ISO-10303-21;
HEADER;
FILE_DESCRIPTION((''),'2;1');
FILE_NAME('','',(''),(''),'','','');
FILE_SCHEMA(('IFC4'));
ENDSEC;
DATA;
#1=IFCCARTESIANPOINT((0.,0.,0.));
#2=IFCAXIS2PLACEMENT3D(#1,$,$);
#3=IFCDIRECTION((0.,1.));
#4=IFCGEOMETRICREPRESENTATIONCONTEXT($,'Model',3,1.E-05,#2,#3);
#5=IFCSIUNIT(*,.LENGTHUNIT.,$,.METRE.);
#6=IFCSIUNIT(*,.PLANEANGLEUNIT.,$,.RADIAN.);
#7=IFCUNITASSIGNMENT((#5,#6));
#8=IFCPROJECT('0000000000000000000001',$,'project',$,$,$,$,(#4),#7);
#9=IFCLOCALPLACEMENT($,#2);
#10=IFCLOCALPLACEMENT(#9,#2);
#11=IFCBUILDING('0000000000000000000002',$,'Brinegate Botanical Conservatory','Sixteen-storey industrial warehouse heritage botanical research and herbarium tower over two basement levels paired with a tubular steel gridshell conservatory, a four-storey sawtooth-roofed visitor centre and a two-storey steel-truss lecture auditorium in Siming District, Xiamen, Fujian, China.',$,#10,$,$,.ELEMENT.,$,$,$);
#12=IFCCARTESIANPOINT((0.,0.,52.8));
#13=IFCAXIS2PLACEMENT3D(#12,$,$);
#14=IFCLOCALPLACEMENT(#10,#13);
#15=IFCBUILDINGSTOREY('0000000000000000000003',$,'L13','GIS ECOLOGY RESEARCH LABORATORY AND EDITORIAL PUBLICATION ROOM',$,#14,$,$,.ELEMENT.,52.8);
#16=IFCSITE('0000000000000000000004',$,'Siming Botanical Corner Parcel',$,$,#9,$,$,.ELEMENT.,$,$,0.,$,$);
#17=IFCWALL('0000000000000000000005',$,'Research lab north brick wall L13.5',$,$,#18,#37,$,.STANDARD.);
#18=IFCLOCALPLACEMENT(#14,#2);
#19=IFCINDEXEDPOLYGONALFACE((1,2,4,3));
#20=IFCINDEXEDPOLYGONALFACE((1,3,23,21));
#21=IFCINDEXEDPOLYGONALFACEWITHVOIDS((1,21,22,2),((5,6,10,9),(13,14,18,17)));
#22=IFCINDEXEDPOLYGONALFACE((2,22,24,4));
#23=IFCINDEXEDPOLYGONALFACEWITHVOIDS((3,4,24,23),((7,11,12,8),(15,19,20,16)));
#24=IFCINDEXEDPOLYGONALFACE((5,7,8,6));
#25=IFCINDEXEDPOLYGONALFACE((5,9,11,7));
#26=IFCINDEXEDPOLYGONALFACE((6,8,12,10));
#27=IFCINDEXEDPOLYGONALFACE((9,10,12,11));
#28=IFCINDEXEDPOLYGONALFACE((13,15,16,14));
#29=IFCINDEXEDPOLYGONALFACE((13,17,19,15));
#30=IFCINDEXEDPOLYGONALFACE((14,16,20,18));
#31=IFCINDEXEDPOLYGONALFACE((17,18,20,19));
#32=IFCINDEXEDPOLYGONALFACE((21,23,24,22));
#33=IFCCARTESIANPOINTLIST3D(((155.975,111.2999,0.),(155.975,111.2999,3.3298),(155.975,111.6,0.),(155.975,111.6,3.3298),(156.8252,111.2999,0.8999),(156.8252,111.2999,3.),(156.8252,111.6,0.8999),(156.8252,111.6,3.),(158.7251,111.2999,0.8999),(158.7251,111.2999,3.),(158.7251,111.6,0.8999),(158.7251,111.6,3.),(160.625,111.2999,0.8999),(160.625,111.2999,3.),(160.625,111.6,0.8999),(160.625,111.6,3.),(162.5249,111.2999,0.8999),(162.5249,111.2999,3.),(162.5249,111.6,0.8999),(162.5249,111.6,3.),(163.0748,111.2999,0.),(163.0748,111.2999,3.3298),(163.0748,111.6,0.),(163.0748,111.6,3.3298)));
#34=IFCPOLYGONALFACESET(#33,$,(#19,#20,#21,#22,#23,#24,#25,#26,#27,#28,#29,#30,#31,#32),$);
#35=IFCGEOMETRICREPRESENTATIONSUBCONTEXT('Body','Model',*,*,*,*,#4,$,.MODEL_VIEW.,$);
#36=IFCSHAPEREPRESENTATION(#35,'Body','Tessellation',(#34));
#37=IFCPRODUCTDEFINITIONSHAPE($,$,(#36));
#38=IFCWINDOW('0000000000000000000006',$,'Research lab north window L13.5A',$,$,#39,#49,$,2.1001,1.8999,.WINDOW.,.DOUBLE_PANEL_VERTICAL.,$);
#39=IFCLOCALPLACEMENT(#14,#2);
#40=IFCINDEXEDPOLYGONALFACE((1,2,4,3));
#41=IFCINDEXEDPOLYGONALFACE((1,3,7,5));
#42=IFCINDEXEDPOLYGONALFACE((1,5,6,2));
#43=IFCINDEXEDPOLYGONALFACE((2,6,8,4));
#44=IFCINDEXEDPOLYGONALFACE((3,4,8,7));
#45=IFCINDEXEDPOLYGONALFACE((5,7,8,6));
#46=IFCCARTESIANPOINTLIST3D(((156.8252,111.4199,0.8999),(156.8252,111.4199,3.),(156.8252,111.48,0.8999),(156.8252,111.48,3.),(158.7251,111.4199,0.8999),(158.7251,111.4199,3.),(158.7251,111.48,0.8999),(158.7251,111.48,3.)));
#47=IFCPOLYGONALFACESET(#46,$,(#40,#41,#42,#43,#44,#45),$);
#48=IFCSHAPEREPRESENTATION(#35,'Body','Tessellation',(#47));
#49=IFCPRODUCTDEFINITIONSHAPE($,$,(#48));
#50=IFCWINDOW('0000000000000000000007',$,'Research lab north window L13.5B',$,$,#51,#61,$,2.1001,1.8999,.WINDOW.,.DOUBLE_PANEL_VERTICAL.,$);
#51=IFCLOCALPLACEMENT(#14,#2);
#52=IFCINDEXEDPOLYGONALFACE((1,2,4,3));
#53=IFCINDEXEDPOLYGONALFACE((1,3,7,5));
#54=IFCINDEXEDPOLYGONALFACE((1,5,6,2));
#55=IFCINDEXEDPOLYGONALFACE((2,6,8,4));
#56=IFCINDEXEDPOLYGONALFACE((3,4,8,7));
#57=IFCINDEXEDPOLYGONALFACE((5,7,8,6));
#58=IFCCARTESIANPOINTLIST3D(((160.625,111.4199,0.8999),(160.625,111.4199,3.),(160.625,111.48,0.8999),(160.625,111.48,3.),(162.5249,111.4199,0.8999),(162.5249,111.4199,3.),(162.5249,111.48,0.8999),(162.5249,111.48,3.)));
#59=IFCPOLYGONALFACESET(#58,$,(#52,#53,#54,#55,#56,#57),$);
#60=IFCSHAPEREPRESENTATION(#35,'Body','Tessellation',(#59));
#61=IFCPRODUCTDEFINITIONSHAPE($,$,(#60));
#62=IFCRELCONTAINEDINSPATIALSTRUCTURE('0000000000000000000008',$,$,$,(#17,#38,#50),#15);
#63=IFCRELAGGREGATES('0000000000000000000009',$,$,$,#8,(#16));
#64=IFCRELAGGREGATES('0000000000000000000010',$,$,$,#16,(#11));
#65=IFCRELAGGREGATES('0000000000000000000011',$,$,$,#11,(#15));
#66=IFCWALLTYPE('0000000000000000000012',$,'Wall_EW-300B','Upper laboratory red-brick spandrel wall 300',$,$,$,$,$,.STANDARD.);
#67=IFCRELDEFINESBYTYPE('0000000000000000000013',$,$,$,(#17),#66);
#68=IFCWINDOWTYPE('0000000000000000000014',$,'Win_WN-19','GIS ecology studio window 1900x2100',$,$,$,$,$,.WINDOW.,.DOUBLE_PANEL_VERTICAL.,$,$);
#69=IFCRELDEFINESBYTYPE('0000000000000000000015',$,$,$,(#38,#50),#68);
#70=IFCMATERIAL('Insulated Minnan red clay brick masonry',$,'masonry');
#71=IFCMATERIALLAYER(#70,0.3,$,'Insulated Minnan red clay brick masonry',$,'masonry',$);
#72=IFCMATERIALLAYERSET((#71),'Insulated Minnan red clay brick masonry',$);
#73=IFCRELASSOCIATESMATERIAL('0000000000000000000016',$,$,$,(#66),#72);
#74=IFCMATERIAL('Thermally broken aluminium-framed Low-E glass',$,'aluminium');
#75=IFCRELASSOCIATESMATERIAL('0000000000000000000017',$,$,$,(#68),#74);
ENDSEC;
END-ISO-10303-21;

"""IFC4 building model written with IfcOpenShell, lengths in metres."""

from ifc_helpers import new_model, si_unit, direction, frame, frame_2d, origin, place, context, subcontext, project, spatial, rectangle, extrude, material, layer, layer_set, type_object, element, fill, save


model = new_model("IFC4")

# Units and contexts
model_context = context("Model", 3, precision=1e-05, world=origin(), true_north=direction((0.0, 1.0)))
body_context = subcontext(model_context, "Body", "Model", "MODEL_VIEW")
ifc_project = project(units=[si_unit("LENGTHUNIT", "METRE"), si_unit("PLANEANGLEUNIT", "RADIAN")], contexts=[model_context])

# Site, building, storey
site_placement = place(None, origin())
site = spatial("IfcSite", under=ifc_project, at=site_placement, Name="Siming Botanical Corner Parcel", CompositionType="ELEMENT", RefElevation=0.0)
building_placement = place(site_placement, origin())
building = spatial("IfcBuilding", under=site, at=building_placement, Name="Brinegate Botanical Conservatory", Description="Sixteen-storey industrial warehouse heritage botanical research and herbarium tower over two basement levels paired with a tubular steel gridshell conservatory, a four-storey sawtooth-roofed visitor centre and a two-storey steel-truss lecture auditorium in Siming District, Xiamen, Fujian, China.", CompositionType="ELEMENT")
storey_placement = place(building_placement, frame((0.0, 0.0, 52.8)))
storey = spatial("IfcBuildingStorey", under=building, at=storey_placement, Name="L13", Description="GIS ECOLOGY RESEARCH LABORATORY AND EDITORIAL PUBLICATION ROOM", CompositionType="ELEMENT", Elevation=52.8)

# Wall, openings, windows
ifc_material_1 = material(Name="Insulated Minnan red clay brick masonry", Category="masonry")
ifc_layer_1 = layer(ifc_material_1, 0.3, Name="Insulated Minnan red clay brick masonry", Category="masonry")
ifc_layer_set_1 = layer_set([ifc_layer_1], Name="Insulated Minnan red clay brick masonry")
wall_type = type_object("IfcWallType", Name="Wall_EW-300B", Description="Upper laboratory red-brick spandrel wall 300", PredefinedType="STANDARD", material=ifc_layer_set_1)
wall_placement = place(storey_placement, frame((155.9751, 111.45, 0.0), z_axis=(0.0, 0.0, 1.0), x_axis=(1.0, 0.0, 0.0)))
wall = element("IfcWall", 1, at=wall_placement, inside=storey, type_object=wall_type, Name="Research lab north brick wall L13.5", PredefinedType="STANDARD", context=body_context, shape_type="SweptSolid", body=[
    extrude(rectangle(XDim=7.0999, YDim=0.3, at=frame_2d((3.5498, 0.0))), origin(), (0.0, 0.0, 1.0), 3.3298),
])
opening_1_placement = place(wall_placement, frame((0.8501, 0.0, 0.8999)))
opening_1 = element("IfcOpeningElement", 2, at=opening_1_placement, cuts=wall, PredefinedType="OPENING", context=body_context, shape_type="SweptSolid", body=[
    extrude(rectangle(XDim=1.8999, YDim=2.1001, at=frame_2d((0.95, 1.05))), frame((0.0, 0.1599, 0.0), z_axis=(0.0, -1.0, 0.0), x_axis=(1.0, 0.0, 0.0)), (0.0, 0.0, 1.0), 0.3201),
])
opening_2_placement = place(wall_placement, frame((4.6499, 0.0, 0.8999)))
opening_2 = element("IfcOpeningElement", 3, at=opening_2_placement, cuts=wall, PredefinedType="OPENING", context=body_context, shape_type="SweptSolid", body=[
    extrude(rectangle(XDim=1.8999, YDim=2.1001, at=frame_2d((0.95, 1.05))), frame((0.0, 0.1599, 0.0), z_axis=(0.0, -1.0, 0.0), x_axis=(1.0, 0.0, 0.0)), (0.0, 0.0, 1.0), 0.3201),
])
ifc_material_2 = material(Name="Thermally broken aluminium-framed Low-E glass", Category="aluminium")
window_type = type_object("IfcWindowType", Name="Win_WN-19", Description="GIS ecology studio window 1900x2100", PartitioningType="DOUBLE_PANEL_VERTICAL", PredefinedType="WINDOW", material=ifc_material_2)
window_1_placement = place(opening_1_placement, origin())
window_1 = element("IfcWindow", 4, at=window_1_placement, inside=storey, type_object=window_type, Name="Research lab north window L13.5A", OverallHeight=2.1001, OverallWidth=1.8999, PartitioningType="DOUBLE_PANEL_VERTICAL", PredefinedType="WINDOW", context=body_context, shape_type="SweptSolid", body=[
    extrude(rectangle(XDim=1.8999, YDim=2.1001, at=frame_2d((0.95, 1.05))), frame((0.0, 0.03, 0.0), z_axis=(0.0, -1.0, 0.0), x_axis=(1.0, 0.0, 0.0)), (0.0, 0.0, 1.0), 0.0601),
])
fill(opening_1, window_1)
window_2_placement = place(opening_2_placement, origin())
window_2 = element("IfcWindow", 5, at=window_2_placement, inside=storey, type_object=window_type, Name="Research lab north window L13.5B", OverallHeight=2.1001, OverallWidth=1.8999, PartitioningType="DOUBLE_PANEL_VERTICAL", PredefinedType="WINDOW", context=body_context, shape_type="SweptSolid", body=[
    extrude(rectangle(XDim=1.8999, YDim=2.1001, at=frame_2d((0.95, 1.05))), frame((0.0, 0.03, 0.0), z_axis=(0.0, -1.0, 0.0), x_axis=(1.0, 0.0, 0.0)), (0.0, 0.0, 1.0), 0.0601),
])
fill(opening_2, window_2)

save(model, "model.ifc")
